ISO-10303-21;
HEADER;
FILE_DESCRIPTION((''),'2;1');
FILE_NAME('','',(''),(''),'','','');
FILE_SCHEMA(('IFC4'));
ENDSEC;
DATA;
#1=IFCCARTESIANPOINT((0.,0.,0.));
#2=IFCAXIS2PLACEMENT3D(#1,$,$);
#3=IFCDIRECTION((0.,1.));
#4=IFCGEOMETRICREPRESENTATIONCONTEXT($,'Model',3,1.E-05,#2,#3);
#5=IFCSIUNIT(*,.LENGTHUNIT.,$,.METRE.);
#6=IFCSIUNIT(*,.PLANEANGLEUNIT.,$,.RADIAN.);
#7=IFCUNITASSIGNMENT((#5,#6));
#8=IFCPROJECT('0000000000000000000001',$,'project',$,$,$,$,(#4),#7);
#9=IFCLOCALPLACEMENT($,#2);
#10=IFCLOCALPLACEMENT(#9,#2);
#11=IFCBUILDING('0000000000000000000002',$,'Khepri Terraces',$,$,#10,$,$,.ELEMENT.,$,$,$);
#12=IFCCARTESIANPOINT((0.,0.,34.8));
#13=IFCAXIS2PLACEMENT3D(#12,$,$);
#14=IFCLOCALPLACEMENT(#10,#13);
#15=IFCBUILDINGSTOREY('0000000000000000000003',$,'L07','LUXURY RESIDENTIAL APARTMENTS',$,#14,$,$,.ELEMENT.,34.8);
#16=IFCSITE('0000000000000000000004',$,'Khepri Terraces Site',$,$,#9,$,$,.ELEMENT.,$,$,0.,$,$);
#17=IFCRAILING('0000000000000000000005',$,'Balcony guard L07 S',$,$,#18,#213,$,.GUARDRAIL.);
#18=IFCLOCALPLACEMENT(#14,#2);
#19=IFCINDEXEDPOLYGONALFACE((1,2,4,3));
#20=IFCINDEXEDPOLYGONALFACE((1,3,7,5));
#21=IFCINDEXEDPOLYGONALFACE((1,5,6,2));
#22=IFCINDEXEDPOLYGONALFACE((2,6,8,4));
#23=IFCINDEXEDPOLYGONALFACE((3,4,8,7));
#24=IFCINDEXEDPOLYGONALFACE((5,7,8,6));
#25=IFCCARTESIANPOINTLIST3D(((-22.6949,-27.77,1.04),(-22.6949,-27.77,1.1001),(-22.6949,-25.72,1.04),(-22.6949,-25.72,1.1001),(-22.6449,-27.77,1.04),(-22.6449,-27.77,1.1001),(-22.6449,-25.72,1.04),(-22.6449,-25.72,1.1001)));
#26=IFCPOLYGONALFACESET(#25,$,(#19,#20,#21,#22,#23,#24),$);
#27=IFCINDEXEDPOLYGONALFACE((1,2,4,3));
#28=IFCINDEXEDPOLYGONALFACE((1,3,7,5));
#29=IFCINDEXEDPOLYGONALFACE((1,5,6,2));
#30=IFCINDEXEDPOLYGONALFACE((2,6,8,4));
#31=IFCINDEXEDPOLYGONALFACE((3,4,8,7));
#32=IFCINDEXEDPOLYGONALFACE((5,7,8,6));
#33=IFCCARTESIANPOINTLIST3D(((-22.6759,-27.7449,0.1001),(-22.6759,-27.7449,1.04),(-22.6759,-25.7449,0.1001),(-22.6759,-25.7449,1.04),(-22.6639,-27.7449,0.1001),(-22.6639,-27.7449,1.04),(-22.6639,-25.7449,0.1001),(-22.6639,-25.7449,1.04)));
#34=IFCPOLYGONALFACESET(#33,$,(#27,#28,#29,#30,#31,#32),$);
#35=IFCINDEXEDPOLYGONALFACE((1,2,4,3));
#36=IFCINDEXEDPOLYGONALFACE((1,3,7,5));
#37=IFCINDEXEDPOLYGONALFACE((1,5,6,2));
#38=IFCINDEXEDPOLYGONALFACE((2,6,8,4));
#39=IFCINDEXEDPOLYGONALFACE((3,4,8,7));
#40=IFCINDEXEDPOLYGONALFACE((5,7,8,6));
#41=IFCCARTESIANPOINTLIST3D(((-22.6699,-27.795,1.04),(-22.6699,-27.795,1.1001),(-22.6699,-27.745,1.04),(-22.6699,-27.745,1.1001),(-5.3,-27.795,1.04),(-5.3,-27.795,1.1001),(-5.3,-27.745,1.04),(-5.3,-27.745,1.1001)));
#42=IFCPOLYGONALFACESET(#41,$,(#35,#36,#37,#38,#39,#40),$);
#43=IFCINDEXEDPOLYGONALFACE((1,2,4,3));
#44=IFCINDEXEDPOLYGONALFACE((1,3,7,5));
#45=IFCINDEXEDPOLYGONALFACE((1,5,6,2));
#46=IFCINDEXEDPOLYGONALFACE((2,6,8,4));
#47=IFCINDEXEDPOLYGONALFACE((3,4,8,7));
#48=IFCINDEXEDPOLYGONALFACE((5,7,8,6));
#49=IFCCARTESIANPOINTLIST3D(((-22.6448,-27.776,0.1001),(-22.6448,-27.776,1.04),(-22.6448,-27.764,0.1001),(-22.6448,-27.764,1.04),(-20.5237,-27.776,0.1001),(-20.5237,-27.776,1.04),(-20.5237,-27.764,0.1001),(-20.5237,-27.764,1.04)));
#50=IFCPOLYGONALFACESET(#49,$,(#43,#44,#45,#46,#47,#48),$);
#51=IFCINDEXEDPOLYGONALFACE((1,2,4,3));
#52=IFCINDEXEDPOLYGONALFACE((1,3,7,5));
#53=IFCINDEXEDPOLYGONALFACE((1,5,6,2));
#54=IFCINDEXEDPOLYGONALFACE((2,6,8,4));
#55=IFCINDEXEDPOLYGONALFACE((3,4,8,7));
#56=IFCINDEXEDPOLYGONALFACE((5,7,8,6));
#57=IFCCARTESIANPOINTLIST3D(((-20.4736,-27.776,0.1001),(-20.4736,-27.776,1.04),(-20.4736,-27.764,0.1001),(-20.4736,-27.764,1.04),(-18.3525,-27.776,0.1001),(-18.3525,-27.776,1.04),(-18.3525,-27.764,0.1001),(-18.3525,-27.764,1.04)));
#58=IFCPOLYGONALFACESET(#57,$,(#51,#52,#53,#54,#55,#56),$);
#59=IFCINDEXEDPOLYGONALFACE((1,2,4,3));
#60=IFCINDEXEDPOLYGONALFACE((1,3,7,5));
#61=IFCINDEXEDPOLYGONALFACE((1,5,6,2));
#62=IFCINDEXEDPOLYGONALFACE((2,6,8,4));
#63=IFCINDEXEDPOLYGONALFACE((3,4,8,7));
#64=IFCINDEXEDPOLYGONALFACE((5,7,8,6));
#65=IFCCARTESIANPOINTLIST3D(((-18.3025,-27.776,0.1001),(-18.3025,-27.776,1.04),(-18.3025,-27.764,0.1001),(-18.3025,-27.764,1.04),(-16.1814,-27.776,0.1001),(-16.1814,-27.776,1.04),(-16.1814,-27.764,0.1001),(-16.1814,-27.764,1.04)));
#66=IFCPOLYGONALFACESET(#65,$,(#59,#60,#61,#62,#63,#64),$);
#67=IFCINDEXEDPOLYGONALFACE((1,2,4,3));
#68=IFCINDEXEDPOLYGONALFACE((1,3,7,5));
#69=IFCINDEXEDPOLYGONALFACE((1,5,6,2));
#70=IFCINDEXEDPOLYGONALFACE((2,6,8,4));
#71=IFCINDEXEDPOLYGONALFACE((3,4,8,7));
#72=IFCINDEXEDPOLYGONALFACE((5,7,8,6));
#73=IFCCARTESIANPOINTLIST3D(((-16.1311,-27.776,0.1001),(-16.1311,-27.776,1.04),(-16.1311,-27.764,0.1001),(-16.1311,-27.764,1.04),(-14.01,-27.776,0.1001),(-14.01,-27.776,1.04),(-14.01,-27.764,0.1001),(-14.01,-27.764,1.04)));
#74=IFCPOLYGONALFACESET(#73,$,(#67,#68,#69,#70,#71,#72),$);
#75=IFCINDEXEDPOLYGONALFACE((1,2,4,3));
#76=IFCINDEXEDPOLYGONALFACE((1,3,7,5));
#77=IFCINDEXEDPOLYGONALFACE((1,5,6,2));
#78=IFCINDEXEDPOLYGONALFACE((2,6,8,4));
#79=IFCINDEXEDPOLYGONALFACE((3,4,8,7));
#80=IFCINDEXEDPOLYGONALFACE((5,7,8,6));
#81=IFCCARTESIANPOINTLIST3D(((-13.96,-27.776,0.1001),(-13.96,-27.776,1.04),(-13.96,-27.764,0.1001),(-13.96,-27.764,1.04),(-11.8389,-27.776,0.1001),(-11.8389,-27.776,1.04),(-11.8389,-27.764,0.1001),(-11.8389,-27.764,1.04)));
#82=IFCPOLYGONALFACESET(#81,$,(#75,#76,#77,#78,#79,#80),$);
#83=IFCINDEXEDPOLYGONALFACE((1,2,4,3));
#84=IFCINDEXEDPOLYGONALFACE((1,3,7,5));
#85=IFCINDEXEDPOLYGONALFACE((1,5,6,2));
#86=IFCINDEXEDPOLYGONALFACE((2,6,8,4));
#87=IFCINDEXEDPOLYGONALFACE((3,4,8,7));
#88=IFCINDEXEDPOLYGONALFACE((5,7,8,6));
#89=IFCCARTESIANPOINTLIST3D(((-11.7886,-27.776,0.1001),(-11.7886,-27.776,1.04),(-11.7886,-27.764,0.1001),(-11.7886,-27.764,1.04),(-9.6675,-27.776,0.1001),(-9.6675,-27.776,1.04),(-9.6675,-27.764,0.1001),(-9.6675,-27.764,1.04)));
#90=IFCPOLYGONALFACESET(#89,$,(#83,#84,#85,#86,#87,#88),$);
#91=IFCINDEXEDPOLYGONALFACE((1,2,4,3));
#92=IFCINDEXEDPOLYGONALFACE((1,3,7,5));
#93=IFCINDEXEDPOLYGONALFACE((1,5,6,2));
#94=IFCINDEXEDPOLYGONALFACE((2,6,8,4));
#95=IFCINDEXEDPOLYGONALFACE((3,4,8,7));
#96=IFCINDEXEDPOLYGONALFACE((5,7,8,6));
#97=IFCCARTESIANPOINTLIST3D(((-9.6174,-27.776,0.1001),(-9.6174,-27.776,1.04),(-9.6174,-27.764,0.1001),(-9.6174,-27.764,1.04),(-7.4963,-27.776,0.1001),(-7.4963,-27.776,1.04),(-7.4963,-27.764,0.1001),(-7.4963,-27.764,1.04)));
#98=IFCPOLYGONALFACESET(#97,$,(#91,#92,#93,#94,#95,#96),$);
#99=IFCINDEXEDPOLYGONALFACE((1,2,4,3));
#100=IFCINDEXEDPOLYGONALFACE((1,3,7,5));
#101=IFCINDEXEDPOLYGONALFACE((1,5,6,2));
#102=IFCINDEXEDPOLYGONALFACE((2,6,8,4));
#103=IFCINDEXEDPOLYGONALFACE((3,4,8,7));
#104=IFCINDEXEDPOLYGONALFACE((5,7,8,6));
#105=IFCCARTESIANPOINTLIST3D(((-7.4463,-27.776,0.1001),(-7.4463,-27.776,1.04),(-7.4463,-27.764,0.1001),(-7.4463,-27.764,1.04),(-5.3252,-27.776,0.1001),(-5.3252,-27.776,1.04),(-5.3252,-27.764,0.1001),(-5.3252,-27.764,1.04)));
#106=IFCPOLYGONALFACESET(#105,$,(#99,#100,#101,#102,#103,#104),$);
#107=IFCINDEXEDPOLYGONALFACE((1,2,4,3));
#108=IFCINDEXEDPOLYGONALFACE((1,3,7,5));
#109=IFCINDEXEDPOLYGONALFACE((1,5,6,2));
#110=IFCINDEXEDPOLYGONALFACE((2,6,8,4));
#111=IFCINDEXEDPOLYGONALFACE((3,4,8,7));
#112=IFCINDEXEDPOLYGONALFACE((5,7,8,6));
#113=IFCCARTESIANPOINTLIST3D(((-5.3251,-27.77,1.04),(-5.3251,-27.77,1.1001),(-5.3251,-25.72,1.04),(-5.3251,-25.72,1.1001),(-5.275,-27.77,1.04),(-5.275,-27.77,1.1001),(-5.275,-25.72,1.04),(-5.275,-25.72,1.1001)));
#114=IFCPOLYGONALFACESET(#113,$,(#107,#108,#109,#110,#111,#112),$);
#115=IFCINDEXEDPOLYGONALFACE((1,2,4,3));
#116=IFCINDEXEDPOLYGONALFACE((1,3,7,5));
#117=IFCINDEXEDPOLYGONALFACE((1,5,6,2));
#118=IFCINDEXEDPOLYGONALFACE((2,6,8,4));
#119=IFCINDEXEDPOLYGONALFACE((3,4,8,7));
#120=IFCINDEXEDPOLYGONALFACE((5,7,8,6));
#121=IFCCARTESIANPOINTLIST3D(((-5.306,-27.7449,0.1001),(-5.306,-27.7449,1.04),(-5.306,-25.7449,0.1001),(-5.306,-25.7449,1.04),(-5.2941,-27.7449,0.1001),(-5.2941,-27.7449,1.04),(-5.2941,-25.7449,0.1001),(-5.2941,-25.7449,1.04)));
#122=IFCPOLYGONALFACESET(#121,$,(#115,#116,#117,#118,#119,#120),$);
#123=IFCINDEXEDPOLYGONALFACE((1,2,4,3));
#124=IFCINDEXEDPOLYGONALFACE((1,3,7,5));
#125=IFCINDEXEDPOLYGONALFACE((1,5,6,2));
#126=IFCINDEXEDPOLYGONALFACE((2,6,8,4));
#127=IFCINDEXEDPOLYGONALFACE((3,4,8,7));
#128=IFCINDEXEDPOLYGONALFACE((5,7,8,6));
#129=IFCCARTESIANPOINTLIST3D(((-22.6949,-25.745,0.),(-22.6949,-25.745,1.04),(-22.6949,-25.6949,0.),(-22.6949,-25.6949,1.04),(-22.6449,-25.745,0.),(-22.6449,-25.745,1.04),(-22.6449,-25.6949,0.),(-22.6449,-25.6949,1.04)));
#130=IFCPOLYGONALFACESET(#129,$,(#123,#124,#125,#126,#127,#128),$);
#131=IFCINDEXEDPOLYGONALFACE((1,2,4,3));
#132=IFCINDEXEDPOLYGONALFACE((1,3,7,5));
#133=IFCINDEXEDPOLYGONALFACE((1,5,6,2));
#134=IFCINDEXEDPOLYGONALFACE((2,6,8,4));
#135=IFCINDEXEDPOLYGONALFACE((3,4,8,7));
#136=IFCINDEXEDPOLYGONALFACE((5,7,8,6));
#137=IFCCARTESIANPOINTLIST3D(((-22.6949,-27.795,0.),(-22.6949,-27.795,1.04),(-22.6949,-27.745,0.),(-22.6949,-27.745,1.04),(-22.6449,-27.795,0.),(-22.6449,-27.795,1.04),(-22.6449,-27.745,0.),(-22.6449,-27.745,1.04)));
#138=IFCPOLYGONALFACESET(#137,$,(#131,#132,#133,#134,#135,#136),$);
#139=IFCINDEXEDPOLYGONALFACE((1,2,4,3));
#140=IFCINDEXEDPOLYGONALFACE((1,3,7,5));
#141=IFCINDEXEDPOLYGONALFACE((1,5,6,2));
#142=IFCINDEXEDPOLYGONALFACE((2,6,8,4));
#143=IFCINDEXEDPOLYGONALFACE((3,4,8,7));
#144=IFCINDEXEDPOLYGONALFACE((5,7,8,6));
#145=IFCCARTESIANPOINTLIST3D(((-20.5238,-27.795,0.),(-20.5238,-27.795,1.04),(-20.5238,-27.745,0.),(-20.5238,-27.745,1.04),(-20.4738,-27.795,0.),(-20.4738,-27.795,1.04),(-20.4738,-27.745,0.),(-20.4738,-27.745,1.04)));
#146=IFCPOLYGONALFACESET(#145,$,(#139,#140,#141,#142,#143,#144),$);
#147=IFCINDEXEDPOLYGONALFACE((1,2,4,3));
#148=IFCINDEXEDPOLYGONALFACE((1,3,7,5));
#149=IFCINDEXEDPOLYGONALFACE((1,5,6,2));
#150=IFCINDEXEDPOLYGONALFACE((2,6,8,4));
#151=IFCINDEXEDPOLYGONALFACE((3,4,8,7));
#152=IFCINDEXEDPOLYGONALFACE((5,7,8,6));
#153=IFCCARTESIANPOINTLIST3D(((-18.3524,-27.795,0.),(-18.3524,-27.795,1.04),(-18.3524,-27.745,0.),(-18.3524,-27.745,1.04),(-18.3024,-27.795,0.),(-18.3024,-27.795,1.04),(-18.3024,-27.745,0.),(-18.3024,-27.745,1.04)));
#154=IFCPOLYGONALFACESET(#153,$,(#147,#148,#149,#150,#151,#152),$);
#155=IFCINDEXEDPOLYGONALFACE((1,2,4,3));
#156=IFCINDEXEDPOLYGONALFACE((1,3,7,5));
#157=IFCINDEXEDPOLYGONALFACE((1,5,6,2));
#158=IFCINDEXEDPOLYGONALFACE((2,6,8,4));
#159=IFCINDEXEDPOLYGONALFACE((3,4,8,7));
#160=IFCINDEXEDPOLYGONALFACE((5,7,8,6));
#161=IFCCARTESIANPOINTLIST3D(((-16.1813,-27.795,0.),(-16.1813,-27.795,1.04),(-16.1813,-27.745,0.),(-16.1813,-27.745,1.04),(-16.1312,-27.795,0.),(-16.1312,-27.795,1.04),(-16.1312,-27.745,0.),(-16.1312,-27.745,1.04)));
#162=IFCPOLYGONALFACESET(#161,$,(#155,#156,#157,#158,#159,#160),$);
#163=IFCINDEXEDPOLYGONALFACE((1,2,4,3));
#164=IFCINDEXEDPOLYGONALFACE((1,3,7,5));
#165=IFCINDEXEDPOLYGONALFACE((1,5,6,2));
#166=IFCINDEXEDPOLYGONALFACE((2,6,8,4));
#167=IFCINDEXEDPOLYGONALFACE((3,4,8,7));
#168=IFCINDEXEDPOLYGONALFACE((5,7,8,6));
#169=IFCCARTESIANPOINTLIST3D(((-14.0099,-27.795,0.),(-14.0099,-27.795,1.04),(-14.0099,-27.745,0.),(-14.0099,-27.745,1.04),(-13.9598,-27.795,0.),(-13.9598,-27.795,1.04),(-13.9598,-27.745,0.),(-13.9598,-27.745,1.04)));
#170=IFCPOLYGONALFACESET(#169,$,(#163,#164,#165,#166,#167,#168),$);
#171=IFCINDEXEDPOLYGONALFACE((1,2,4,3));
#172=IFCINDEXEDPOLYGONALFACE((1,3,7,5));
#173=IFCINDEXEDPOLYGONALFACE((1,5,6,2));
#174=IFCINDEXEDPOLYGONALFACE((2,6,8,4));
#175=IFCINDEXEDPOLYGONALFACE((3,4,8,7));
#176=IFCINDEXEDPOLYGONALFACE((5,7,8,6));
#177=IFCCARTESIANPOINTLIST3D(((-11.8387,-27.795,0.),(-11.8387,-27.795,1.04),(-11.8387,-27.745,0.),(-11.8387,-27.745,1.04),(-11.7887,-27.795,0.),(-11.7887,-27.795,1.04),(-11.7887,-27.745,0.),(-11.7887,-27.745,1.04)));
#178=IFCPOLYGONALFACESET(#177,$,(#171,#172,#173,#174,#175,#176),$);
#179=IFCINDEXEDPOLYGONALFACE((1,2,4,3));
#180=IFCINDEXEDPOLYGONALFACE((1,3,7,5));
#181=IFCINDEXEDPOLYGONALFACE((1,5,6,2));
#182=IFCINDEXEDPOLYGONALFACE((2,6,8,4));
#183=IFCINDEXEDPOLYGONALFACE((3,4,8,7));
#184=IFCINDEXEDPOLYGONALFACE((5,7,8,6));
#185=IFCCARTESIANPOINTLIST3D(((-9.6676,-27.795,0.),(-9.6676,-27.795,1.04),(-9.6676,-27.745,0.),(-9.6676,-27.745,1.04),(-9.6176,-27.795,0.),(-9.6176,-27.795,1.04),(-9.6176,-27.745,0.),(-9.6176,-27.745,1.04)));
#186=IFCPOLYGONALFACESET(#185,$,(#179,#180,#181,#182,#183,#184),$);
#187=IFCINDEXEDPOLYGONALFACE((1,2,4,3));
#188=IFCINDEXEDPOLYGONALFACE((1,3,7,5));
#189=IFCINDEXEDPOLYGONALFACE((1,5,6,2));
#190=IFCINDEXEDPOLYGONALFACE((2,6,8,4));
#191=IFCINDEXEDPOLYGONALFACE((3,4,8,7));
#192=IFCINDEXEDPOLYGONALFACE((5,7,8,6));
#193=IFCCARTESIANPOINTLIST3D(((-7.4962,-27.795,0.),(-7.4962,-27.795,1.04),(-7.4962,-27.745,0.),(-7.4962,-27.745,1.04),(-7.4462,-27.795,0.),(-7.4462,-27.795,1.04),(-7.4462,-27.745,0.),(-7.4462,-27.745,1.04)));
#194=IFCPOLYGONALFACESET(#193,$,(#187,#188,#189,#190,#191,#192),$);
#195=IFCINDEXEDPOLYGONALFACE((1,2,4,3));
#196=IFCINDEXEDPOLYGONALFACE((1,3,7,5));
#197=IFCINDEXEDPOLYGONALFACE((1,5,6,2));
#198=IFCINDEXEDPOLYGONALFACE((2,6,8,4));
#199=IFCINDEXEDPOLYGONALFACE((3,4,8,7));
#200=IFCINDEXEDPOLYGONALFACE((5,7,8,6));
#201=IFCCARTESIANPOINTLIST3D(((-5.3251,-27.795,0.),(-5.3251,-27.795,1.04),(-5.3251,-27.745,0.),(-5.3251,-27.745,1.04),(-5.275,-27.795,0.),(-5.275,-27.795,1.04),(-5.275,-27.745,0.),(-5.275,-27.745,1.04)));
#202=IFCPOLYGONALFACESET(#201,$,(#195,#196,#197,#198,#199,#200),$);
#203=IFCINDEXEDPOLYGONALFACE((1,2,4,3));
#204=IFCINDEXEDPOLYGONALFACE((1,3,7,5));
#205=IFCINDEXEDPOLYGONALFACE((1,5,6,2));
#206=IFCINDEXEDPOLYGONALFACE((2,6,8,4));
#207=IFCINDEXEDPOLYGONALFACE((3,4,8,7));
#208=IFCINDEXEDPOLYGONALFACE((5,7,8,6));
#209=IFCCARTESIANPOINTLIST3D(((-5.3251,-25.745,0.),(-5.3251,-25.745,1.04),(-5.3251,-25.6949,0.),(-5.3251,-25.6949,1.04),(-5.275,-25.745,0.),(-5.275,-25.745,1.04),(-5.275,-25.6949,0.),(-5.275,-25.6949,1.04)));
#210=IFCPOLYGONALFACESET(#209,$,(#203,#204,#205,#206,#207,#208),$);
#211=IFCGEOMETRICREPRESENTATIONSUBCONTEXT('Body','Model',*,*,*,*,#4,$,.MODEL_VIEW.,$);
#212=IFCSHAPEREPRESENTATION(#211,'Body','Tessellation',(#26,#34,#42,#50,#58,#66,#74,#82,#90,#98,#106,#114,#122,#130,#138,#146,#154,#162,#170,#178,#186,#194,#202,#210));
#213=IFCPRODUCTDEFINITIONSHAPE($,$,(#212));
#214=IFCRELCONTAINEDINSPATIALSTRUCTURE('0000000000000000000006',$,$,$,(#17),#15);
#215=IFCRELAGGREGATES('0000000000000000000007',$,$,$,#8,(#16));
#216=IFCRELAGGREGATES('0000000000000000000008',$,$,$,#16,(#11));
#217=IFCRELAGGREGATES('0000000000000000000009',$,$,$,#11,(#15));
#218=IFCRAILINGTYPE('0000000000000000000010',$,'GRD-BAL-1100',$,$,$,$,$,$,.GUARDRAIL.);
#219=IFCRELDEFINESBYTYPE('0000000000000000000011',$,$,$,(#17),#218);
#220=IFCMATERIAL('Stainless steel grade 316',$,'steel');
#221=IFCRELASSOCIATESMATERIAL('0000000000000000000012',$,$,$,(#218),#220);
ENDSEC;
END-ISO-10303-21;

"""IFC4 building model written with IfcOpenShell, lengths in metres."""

from ifc_helpers import new_model, si_unit, direction, frame, origin, origin_2d, place, context, subcontext, project, spatial, rectangle, extrude, material, type_object, element, save


model = new_model("IFC4")

# Units and contexts
model_context = context("Model", 3, precision=1e-05, world=origin(), true_north=direction((0.0, 1.0)))
body_context = subcontext(model_context, "Body", "Model", "MODEL_VIEW")
ifc_project = project(units=[si_unit("LENGTHUNIT", "METRE"), si_unit("PLANEANGLEUNIT", "RADIAN")], contexts=[model_context])

# Site, building, storey
site_placement = place(None, origin())
site = spatial("IfcSite", under=ifc_project, at=site_placement, Name="Khepri Terraces Site", CompositionType="ELEMENT", RefElevation=0.0)
building_placement = place(site_placement, origin())
building = spatial("IfcBuilding", under=site, at=building_placement, Name="Khepri Terraces", CompositionType="ELEMENT")
storey_placement = place(building_placement, frame((0.0, 0.0, 34.8)))
storey = spatial("IfcBuildingStorey", under=building, at=storey_placement, Name="L07", Description="LUXURY RESIDENTIAL APARTMENTS", CompositionType="ELEMENT", Elevation=34.8)

# Railing
ifc_material_1 = material(Name="Stainless steel grade 316", Category="steel")
railing_type = type_object("IfcRailingType", Name="GRD-BAL-1100", PredefinedType="GUARDRAIL", material=ifc_material_1)
railing_placement = place(storey_placement, frame((-22.6699, -25.72, 0.0)))
element("IfcRailing", 1, at=railing_placement, inside=storey, type_object=railing_type, Name="Balcony guard L07 S", PredefinedType="GUARDRAIL", context=body_context, shape_type="SweptSolid", body=[
    extrude(rectangle(XDim=0.05, YDim=0.0601, at=origin_2d()), frame((0.0, 0.0, 1.0701), z_axis=(0.0, -1.0, 0.0), x_axis=(1.0, 0.0, 0.0)), (0.0, 0.0, 1.0), 2.05),
    extrude(rectangle(XDim=2.0, YDim=0.012, at=origin_2d()), frame((0.0, -1.0249, 0.1001), z_axis=(0.0, 0.0, 1.0), x_axis=(0.0, -1.0, 0.0)), (0.0, 0.0, 1.0), 0.9399),
    extrude(rectangle(XDim=0.05, YDim=0.0601, at=origin_2d()), frame((0.0, -2.05, 1.0701), z_axis=(1.0, 0.0, 0.0), x_axis=(0.0, 1.0, 0.0)), (0.0, 0.0, 1.0), 17.3699),
    extrude(rectangle(XDim=2.1211, YDim=0.012, at=origin_2d()), frame((1.0857, -2.05, 0.1001), z_axis=(0.0, 0.0, 1.0), x_axis=(1.0, 0.0, 0.0)), (0.0, 0.0, 1.0), 0.9399),
    extrude(rectangle(XDim=2.1211, YDim=0.012, at=origin_2d()), frame((3.2568, -2.05, 0.1001), z_axis=(0.0, 0.0, 1.0), x_axis=(1.0, 0.0, 0.0)), (0.0, 0.0, 1.0), 0.9399),
    extrude(rectangle(XDim=2.1211, YDim=0.012, at=origin_2d()), frame((5.428, -2.05, 0.1001), z_axis=(0.0, 0.0, 1.0), x_axis=(1.0, 0.0, 0.0)), (0.0, 0.0, 1.0), 0.9399),
    extrude(rectangle(XDim=2.1211, YDim=0.012, at=origin_2d()), frame((7.5994, -2.05, 0.1001), z_axis=(0.0, 0.0, 1.0), x_axis=(1.0, 0.0, 0.0)), (0.0, 0.0, 1.0), 0.9399),
    extrude(rectangle(XDim=2.1211, YDim=0.012, at=origin_2d()), frame((9.7705, -2.05, 0.1001), z_axis=(0.0, 0.0, 1.0), x_axis=(1.0, 0.0, 0.0)), (0.0, 0.0, 1.0), 0.9399),
    extrude(rectangle(XDim=2.1211, YDim=0.012, at=origin_2d()), frame((11.9419, -2.05, 0.1001), z_axis=(0.0, 0.0, 1.0), x_axis=(1.0, 0.0, 0.0)), (0.0, 0.0, 1.0), 0.9399),
    extrude(rectangle(XDim=2.1211, YDim=0.012, at=origin_2d()), frame((14.113, -2.05, 0.1001), z_axis=(0.0, 0.0, 1.0), x_axis=(1.0, 0.0, 0.0)), (0.0, 0.0, 1.0), 0.9399),
    extrude(rectangle(XDim=2.1211, YDim=0.012, at=origin_2d()), frame((16.2842, -2.05, 0.1001), z_axis=(0.0, 0.0, 1.0), x_axis=(1.0, 0.0, 0.0)), (0.0, 0.0, 1.0), 0.9399),
    extrude(rectangle(XDim=0.05, YDim=0.0601, at=origin_2d()), frame((17.3699, -2.05, 1.0701), z_axis=(0.0, 1.0, 0.0), x_axis=(-1.0, 0.0, 0.0)), (0.0, 0.0, 1.0), 2.05),
    extrude(rectangle(XDim=2.0, YDim=0.012, at=origin_2d()), frame((17.3699, -1.0249, 0.1001), z_axis=(0.0, 0.0, 1.0), x_axis=(0.0, 1.0, 0.0)), (0.0, 0.0, 1.0), 0.9399),
    extrude(rectangle(XDim=0.05, YDim=0.05, at=origin_2d()), origin(), (0.0, 0.0, 1.0), 1.04),
    extrude(rectangle(XDim=0.05, YDim=0.05, at=origin_2d()), frame((0.0, -2.05, 0.0)), (0.0, 0.0, 1.0), 1.04),
    extrude(rectangle(XDim=0.05, YDim=0.05, at=origin_2d()), frame((2.1711, -2.05, 0.0)), (0.0, 0.0, 1.0), 1.04),
    extrude(rectangle(XDim=0.05, YDim=0.05, at=origin_2d()), frame((4.3425, -2.05, 0.0)), (0.0, 0.0, 1.0), 1.04),
    extrude(rectangle(XDim=0.05, YDim=0.05, at=origin_2d()), frame((6.5137, -2.05, 0.0)), (0.0, 0.0, 1.0), 1.04),
    extrude(rectangle(XDim=0.05, YDim=0.05, at=origin_2d()), frame((8.6851, -2.05, 0.0)), (0.0, 0.0, 1.0), 1.04),
    extrude(rectangle(XDim=0.05, YDim=0.05, at=origin_2d()), frame((10.8562, -2.05, 0.0)), (0.0, 0.0, 1.0), 1.04),
    extrude(rectangle(XDim=0.05, YDim=0.05, at=origin_2d()), frame((13.0273, -2.05, 0.0)), (0.0, 0.0, 1.0), 1.04),
    extrude(rectangle(XDim=0.05, YDim=0.05, at=origin_2d()), frame((15.1987, -2.05, 0.0)), (0.0, 0.0, 1.0), 1.04),
    extrude(rectangle(XDim=0.05, YDim=0.05, at=origin_2d()), frame((17.3699, -2.05, 0.0)), (0.0, 0.0, 1.0), 1.04),
    extrude(rectangle(XDim=0.05, YDim=0.05, at=origin_2d()), frame((17.3699, 0.0, 0.0)), (0.0, 0.0, 1.0), 1.04),
])

save(model, "model.ifc")
